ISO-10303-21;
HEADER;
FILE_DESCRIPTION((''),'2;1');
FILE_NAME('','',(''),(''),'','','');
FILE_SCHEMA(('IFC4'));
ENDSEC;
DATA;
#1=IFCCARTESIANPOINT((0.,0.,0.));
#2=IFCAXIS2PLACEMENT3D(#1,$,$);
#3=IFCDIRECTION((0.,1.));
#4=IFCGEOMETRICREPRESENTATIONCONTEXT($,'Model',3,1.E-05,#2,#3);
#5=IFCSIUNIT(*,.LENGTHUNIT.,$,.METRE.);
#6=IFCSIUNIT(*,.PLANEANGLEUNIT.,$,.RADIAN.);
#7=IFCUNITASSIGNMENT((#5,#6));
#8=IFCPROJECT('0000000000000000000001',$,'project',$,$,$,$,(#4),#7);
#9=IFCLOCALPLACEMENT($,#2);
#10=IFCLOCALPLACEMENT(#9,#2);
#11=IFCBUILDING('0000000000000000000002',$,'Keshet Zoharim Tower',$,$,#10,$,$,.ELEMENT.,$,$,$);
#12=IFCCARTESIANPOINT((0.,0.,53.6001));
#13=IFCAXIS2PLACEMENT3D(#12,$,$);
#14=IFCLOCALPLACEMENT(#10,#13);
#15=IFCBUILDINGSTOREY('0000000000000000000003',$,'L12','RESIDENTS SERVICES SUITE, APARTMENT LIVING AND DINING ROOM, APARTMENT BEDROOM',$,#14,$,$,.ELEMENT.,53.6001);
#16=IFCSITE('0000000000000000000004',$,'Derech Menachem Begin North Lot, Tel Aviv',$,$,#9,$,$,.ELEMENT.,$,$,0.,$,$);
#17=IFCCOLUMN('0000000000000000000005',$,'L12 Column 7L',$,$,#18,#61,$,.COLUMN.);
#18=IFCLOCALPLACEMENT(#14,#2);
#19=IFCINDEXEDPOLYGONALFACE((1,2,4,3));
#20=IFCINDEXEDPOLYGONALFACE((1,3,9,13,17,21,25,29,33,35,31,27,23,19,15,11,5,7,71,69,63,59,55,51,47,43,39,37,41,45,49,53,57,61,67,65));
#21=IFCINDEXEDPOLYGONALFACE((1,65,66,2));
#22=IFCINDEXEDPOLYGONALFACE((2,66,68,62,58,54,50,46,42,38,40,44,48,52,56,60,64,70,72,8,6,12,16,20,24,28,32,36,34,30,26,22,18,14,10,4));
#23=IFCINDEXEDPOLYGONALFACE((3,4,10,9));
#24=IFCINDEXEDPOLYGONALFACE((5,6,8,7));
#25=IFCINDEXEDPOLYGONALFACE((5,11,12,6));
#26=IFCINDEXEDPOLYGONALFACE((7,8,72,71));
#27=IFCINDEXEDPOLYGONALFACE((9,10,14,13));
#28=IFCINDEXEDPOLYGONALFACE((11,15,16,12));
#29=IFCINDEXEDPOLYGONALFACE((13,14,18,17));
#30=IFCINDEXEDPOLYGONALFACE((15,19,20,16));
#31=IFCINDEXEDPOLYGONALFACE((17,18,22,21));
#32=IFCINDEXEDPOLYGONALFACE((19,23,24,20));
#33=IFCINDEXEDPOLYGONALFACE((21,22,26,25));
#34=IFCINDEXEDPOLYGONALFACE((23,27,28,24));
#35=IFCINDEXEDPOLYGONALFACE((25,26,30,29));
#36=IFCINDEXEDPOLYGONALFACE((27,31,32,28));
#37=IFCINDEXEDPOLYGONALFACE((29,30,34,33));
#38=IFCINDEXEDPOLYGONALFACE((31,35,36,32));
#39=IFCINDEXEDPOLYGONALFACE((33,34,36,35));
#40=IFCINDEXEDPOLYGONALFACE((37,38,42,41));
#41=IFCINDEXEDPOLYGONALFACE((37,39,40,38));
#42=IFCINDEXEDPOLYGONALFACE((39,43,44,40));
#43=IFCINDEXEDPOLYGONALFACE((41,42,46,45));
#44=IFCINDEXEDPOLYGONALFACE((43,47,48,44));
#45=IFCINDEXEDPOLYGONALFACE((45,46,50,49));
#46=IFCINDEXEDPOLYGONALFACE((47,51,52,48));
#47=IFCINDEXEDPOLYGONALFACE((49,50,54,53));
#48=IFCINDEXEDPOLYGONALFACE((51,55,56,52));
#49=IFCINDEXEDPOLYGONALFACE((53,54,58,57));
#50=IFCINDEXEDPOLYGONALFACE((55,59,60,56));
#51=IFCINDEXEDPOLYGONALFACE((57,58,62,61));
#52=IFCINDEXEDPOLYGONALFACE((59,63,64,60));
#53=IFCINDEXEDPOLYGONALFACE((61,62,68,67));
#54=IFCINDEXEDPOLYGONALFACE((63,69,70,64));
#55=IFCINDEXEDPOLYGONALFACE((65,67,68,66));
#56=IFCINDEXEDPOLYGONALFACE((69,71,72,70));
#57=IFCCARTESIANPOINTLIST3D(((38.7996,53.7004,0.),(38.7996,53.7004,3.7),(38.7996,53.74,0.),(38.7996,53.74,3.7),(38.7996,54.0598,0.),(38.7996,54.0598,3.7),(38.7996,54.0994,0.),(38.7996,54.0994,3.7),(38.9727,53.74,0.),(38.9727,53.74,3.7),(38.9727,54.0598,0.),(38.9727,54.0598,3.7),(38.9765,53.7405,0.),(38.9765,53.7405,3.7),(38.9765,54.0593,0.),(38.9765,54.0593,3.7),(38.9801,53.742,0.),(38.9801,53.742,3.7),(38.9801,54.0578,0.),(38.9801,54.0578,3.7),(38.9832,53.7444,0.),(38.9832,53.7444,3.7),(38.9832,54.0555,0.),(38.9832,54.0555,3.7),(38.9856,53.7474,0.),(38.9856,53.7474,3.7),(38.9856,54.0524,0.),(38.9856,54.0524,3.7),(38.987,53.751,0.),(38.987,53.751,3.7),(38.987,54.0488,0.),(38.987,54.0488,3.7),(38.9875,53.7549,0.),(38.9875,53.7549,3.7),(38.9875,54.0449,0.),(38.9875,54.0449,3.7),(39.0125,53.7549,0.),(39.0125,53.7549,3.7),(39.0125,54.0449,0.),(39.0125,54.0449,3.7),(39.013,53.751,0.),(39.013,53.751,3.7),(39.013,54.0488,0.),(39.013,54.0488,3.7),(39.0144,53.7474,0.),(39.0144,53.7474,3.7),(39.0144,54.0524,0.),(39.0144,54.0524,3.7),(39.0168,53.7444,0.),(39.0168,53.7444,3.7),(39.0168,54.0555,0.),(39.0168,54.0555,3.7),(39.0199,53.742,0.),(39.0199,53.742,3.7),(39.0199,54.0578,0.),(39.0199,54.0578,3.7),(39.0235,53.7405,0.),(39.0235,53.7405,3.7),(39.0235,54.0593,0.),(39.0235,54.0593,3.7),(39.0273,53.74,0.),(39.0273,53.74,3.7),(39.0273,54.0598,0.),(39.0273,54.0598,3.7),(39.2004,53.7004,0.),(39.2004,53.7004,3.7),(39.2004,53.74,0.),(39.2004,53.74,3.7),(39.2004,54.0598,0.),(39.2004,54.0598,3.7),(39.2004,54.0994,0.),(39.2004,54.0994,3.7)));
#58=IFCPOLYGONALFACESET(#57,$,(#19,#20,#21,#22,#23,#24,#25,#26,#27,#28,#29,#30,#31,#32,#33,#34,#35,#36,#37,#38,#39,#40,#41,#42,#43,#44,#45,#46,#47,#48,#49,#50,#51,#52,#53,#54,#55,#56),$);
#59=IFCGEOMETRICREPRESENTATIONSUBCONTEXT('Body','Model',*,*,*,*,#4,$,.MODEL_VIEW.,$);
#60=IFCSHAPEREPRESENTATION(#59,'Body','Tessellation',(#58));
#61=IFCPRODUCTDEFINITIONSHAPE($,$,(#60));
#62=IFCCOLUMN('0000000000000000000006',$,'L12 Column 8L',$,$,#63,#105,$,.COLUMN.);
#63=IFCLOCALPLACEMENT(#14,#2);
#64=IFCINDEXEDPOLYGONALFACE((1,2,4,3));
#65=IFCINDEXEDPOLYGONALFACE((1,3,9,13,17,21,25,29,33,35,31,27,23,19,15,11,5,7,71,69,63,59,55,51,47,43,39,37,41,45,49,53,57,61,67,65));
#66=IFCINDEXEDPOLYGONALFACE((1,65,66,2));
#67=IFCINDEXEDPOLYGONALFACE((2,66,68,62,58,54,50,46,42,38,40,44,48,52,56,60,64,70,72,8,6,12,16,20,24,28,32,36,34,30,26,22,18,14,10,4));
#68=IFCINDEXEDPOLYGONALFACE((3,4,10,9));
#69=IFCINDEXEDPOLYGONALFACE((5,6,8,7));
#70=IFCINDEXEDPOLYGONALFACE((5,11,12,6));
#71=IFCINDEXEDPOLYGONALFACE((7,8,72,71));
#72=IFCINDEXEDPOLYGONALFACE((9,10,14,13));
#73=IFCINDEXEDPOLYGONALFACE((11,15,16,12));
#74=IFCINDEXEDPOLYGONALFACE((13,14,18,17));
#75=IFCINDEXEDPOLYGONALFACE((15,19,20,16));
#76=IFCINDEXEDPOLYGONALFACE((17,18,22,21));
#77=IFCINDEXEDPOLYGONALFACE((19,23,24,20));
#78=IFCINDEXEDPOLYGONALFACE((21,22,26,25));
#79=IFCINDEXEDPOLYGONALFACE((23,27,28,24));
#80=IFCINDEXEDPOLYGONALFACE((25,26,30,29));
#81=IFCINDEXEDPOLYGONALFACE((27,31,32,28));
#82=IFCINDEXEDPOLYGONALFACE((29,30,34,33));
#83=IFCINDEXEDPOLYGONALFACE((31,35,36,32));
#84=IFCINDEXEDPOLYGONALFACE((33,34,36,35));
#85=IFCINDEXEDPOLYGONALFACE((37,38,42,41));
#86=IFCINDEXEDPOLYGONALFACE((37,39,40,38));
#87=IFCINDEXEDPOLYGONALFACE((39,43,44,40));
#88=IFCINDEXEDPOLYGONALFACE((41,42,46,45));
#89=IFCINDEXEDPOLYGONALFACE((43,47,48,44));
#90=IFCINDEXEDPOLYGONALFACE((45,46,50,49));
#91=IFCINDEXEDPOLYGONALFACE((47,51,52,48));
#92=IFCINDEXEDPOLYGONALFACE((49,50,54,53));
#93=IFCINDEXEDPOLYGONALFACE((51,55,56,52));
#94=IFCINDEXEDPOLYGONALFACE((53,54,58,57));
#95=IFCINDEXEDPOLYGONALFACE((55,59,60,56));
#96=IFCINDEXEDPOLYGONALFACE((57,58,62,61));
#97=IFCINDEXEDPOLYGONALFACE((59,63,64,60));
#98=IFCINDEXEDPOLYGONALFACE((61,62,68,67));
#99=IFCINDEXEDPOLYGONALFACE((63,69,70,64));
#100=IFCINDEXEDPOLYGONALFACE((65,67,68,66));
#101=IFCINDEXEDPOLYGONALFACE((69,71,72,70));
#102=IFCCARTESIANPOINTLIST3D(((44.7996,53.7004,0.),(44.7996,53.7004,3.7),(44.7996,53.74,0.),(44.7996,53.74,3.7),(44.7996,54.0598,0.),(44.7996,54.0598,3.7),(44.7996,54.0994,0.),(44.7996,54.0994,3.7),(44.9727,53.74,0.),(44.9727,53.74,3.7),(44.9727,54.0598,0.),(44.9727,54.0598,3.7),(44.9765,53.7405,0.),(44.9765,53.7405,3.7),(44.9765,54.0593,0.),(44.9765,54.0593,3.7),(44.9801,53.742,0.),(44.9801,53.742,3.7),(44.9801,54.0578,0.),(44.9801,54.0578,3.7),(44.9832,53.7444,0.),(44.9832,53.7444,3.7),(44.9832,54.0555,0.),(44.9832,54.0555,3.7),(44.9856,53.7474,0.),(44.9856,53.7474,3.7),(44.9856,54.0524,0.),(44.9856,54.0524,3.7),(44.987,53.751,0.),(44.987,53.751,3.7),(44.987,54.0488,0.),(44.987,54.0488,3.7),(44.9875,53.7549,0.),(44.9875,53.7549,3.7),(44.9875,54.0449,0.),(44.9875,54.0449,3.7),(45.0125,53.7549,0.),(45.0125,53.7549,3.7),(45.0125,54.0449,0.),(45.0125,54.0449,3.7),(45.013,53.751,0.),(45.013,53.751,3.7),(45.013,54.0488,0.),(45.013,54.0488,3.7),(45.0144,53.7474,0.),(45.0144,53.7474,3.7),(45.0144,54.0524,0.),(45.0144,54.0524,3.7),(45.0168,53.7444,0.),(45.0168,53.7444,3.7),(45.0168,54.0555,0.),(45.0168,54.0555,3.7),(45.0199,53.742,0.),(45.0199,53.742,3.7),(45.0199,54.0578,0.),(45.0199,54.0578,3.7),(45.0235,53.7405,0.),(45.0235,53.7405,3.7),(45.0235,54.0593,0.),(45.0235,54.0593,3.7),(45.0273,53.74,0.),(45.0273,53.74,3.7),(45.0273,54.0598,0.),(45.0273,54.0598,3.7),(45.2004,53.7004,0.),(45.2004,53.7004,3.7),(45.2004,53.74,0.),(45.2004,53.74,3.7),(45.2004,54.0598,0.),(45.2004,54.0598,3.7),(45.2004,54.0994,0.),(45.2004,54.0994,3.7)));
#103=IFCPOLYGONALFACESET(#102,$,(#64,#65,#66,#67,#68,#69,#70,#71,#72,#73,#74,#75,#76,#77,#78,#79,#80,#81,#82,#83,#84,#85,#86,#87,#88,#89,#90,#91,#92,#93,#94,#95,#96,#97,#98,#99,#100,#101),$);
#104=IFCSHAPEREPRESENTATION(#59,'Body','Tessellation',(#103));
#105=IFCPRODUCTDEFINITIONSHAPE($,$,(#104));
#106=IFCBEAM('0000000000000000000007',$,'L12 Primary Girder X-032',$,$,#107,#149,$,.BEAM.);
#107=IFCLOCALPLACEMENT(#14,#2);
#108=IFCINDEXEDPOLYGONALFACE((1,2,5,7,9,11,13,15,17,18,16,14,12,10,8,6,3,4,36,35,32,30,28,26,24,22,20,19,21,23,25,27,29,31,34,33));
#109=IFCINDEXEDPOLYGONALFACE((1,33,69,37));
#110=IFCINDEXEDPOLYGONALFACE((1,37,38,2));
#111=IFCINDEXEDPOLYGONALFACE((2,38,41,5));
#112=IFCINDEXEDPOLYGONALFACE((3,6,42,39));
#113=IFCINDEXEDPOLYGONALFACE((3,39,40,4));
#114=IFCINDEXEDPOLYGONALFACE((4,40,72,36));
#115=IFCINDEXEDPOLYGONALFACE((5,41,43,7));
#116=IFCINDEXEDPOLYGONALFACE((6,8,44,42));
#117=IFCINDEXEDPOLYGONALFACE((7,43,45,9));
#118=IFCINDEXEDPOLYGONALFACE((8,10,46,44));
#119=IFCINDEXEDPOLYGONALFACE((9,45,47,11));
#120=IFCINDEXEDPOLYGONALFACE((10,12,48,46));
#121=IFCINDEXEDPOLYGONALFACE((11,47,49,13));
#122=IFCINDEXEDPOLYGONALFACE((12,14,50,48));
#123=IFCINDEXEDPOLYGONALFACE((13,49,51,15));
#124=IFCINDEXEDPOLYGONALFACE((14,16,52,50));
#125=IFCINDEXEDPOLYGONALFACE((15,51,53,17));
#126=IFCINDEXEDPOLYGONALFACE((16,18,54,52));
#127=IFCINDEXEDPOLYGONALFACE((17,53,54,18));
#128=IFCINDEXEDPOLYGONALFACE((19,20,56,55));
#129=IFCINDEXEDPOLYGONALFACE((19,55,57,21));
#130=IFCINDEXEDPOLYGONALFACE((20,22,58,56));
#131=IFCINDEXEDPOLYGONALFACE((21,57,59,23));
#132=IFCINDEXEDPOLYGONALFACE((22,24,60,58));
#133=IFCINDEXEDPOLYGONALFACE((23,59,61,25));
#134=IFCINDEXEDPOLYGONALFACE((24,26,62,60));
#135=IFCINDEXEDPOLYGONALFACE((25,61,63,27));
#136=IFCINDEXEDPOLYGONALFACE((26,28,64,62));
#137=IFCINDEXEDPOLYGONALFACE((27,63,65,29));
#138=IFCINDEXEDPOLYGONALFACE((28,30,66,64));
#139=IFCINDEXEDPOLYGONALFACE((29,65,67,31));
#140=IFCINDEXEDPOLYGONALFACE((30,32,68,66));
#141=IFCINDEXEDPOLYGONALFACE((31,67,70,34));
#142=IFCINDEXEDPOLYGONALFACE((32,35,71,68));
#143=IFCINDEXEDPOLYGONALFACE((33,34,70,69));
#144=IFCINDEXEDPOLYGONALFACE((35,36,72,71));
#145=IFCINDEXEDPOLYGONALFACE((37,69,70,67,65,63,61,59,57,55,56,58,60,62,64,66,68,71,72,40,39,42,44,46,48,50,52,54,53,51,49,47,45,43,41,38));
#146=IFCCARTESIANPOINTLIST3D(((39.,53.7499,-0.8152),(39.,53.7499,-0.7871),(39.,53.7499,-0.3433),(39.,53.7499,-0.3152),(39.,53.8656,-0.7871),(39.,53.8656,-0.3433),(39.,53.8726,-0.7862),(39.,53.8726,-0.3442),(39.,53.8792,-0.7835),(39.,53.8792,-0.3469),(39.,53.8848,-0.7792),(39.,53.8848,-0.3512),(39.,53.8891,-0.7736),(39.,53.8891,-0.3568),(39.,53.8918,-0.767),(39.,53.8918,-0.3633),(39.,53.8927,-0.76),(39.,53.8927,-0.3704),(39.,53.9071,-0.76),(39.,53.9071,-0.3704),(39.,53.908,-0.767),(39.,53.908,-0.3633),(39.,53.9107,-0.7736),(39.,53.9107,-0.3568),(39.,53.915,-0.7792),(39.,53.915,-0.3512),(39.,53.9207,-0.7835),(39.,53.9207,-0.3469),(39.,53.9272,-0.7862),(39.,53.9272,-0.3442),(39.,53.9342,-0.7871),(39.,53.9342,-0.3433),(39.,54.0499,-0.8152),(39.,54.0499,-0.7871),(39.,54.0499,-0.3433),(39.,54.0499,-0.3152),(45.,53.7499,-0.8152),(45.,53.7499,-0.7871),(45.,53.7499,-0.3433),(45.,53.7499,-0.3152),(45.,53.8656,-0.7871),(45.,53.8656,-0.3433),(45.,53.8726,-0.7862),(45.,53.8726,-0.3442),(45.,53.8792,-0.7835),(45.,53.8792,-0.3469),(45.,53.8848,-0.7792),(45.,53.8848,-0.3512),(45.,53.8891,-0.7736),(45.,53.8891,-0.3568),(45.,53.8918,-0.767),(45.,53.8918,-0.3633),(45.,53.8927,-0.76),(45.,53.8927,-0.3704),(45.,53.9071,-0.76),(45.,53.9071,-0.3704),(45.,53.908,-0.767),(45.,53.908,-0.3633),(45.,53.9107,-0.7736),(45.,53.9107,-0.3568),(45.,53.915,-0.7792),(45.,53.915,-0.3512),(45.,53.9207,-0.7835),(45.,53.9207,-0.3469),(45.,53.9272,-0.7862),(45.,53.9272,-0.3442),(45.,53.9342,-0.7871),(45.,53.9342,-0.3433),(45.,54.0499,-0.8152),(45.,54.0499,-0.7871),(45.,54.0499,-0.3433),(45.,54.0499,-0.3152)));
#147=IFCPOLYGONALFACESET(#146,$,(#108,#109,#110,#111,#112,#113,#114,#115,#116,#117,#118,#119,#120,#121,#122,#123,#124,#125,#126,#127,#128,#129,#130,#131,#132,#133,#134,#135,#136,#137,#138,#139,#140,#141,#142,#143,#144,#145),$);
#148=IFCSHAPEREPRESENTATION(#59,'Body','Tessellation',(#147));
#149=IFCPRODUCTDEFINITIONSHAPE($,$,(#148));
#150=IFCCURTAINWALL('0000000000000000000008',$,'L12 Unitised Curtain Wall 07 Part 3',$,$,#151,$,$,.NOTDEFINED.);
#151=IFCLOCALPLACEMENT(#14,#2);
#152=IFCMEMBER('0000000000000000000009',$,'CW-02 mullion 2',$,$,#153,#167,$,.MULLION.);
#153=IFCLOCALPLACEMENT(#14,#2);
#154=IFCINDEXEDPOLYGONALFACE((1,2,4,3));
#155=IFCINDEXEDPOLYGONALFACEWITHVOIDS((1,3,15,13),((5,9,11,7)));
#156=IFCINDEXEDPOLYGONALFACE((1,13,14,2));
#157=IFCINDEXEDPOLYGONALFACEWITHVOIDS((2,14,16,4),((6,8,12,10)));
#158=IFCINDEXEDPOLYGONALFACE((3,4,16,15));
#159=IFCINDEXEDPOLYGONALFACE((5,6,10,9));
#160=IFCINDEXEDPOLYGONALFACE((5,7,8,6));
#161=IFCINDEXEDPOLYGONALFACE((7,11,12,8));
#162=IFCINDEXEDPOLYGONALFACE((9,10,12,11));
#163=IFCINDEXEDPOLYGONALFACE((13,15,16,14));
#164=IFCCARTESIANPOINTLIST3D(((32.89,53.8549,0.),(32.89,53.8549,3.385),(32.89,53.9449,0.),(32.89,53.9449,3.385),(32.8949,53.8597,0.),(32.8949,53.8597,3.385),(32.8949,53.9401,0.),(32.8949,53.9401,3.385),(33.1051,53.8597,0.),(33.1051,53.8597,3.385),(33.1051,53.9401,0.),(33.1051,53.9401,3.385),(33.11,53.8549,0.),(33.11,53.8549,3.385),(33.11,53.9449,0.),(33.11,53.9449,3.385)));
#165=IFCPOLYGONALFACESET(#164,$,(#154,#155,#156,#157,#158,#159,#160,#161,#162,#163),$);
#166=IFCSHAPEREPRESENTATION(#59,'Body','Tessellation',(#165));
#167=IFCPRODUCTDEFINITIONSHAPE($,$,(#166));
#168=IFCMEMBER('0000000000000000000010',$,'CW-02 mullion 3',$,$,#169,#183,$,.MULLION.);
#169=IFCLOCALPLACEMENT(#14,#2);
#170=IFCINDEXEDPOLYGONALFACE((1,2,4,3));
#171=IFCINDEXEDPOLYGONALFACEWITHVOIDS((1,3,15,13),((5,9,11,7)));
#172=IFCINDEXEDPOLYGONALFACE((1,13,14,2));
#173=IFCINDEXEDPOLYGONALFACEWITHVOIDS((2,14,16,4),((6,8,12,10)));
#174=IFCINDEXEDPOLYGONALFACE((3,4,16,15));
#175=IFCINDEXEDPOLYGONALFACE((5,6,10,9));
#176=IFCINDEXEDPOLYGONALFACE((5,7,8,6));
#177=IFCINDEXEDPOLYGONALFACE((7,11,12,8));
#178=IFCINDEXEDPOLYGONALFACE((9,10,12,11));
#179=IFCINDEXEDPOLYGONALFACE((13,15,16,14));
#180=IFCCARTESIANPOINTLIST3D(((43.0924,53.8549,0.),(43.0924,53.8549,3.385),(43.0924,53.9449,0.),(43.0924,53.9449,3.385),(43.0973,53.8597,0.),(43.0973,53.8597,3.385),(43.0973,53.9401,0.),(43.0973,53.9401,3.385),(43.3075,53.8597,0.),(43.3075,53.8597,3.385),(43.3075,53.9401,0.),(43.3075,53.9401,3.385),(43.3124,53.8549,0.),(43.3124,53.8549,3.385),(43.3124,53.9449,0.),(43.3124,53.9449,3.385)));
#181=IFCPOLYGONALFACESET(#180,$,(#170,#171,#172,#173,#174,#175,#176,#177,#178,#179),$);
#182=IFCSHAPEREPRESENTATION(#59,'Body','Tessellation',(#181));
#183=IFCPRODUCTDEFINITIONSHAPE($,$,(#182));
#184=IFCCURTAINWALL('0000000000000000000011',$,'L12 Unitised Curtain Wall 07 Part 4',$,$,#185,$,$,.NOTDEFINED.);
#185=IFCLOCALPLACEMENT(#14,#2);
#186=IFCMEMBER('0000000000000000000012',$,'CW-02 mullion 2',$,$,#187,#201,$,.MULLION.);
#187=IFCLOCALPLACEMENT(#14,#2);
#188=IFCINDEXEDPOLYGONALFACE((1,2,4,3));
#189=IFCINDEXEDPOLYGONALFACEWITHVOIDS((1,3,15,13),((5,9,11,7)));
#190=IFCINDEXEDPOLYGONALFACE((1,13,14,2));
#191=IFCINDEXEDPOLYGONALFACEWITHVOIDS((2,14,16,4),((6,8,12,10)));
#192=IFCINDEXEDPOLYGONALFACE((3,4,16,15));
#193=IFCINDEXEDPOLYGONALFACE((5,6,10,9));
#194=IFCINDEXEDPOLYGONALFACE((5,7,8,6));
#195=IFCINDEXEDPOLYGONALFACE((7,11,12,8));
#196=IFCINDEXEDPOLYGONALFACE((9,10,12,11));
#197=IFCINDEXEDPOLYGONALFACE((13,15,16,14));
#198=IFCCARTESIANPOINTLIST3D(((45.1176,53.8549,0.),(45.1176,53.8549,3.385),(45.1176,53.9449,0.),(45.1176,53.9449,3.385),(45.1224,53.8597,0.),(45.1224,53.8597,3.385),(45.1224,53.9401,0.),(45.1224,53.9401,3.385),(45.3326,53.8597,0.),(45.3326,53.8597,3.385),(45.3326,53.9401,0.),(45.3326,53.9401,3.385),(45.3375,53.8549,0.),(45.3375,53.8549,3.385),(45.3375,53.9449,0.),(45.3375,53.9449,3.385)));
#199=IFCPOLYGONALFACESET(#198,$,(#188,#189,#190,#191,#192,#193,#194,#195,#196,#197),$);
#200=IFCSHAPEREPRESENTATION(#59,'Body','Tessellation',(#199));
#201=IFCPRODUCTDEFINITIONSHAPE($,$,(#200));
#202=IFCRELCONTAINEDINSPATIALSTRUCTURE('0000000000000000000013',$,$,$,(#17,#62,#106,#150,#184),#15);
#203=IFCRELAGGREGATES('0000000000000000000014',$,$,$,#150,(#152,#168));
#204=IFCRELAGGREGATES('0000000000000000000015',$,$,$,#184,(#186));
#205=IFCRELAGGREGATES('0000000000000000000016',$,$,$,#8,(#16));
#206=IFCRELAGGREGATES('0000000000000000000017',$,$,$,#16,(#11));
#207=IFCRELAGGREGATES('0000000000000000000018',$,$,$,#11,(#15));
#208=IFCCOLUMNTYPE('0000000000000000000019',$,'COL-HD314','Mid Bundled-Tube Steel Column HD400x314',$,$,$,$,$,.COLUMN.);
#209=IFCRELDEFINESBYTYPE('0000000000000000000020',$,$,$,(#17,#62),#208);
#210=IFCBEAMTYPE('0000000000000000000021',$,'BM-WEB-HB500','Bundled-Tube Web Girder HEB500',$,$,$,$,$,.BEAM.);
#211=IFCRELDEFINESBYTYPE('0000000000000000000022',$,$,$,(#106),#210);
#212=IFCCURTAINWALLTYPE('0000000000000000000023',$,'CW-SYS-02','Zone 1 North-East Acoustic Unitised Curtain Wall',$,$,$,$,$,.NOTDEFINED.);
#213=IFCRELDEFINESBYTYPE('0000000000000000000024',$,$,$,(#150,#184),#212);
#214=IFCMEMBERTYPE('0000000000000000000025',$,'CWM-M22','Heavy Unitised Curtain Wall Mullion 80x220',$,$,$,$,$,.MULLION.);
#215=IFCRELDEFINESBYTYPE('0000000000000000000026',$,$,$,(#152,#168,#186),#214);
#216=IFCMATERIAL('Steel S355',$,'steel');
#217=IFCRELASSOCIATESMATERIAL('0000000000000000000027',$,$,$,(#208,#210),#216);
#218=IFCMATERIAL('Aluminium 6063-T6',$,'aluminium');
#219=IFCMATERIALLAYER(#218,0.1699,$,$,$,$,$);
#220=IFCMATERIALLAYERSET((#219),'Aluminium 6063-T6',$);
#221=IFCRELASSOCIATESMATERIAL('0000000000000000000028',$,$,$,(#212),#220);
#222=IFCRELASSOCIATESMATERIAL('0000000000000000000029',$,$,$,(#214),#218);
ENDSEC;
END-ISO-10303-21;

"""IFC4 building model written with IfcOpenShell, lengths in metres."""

from ifc_helpers import new_model, si_unit, direction, frame, origin, origin_2d, place, context, subcontext, project, spatial, hollow_rectangle, i_section, extrude, material, layer, layer_set, material_profile, profile_set, type_object, element, aggregate, save


model = new_model("IFC4")

# Units and contexts
model_context = context("Model", 3, precision=1e-05, world=origin(), true_north=direction((0.0, 1.0)))
body_context = subcontext(model_context, "Body", "Model", "MODEL_VIEW")
ifc_project = project(units=[si_unit("LENGTHUNIT", "METRE"), si_unit("PLANEANGLEUNIT", "RADIAN")], contexts=[model_context])

# Site, building, storey
site_placement = place(None, origin())
site = spatial("IfcSite", under=ifc_project, at=site_placement, Name="Derech Menachem Begin North Lot, Tel Aviv", CompositionType="ELEMENT", RefElevation=0.0)
building_placement = place(site_placement, origin())
building = spatial("IfcBuilding", under=site, at=building_placement, Name="Keshet Zoharim Tower", CompositionType="ELEMENT")
storey_placement = place(building_placement, frame((0.0, 0.0, 53.6001)))
storey = spatial("IfcBuildingStorey", under=building, at=storey_placement, Name="L12", Description="RESIDENTS SERVICES SUITE, APARTMENT LIVING AND DINING ROOM, APARTMENT BEDROOM", CompositionType="ELEMENT", Elevation=53.6001)

# Columns
ifc_material_1 = material(Name="Steel S355", Category="steel")
ifc_material_profile_1 = material_profile(ifc_material_1, i_section(OverallWidth=0.4009, OverallDepth=0.3989, WebThickness=0.0249, FlangeThickness=0.0396, FilletRadius=0.0149, at=origin_2d()), Name="HD400x314")
ifc_profile_set_1 = profile_set([ifc_material_profile_1], Name="Steel S355")
column_type = type_object("IfcColumnType", Name="COL-HD314", Description="Mid Bundled-Tube Steel Column HD400x314", PredefinedType="COLUMN", material=ifc_profile_set_1)
for number, where, z_axis, x_axis, name in (
    (1, (39.0, 53.8999, 0.0), (0.0, 0.0, 1.0), (1.0, 0.0, 0.0), "L12 Column 7L"),
    (2, (45.0, 53.8999, 0.0), (0.0, 0.0, 1.0), (1.0, 0.0, 0.0), "L12 Column 8L"),
):
    element("IfcColumn", number, at=place(storey_placement, frame(where, z_axis=z_axis, x_axis=x_axis)), inside=storey, type_object=column_type, Name=name, PredefinedType="COLUMN", context=body_context, shape_type="SweptSolid", body=[
        extrude(i_section(OverallWidth=0.4009, OverallDepth=0.3989, WebThickness=0.0249, FlangeThickness=0.0396, FilletRadius=0.0149, at=origin_2d()), origin(), (0.0, 0.0, 1.0), 3.7),
    ])

# Beam
ifc_material_profile_2 = material_profile(ifc_material_1, i_section(OverallWidth=0.3, OverallDepth=0.5, WebThickness=0.0144, FlangeThickness=0.0281, FilletRadius=0.0271, at=origin_2d()), Name="HEB500")
ifc_profile_set_2 = profile_set([ifc_material_profile_2], Name="Steel S355")
beam_type = type_object("IfcBeamType", Name="BM-WEB-HB500", Description="Bundled-Tube Web Girder HEB500", PredefinedType="BEAM", material=ifc_profile_set_2)
beam_placement = place(storey_placement, frame((39.0, 53.8999, -0.5652), z_axis=(1.0, 0.0, 0.0), x_axis=(0.0, 1.0, 0.0)))
element("IfcBeam", 3, at=beam_placement, inside=storey, type_object=beam_type, Name="L12 Primary Girder X-032", PredefinedType="BEAM", context=body_context, shape_type="SweptSolid", body=[
    extrude(i_section(OverallWidth=0.3, OverallDepth=0.5, WebThickness=0.0144, FlangeThickness=0.0281, FilletRadius=0.0271, at=origin_2d()), origin(), (0.0, 0.0, 1.0), 6.0),
])

# Curtain wall, members
ifc_material_2 = material(Name="Aluminium 6063-T6", Category="aluminium")
ifc_layer_1 = layer(ifc_material_2, 0.1699)
ifc_layer_set_1 = layer_set([ifc_layer_1], Name="Aluminium 6063-T6")
curtain_wall_type = type_object("IfcCurtainWallType", Name="CW-SYS-02", Description="Zone 1 North-East Acoustic Unitised Curtain Wall", PredefinedType="NOTDEFINED", material=ifc_layer_set_1)
curtain_wall_1_placement = place(storey_placement, origin())
curtain_wall_1 = element("IfcCurtainWall", 4, at=curtain_wall_1_placement, inside=storey, type_object=curtain_wall_type, Name="L12 Unitised Curtain Wall 07 Part 3", PredefinedType="NOTDEFINED")
ifc_material_profile_3 = material_profile(ifc_material_2, hollow_rectangle(XDim=0.0901, YDim=0.22, WallThickness=0.0049, at=origin_2d()), Name="MUL-90x220")
ifc_profile_set_3 = profile_set([ifc_material_profile_3], Name="Aluminium 6063-T6")
member_type_1 = type_object("IfcMemberType", Name="CWM-M22", Description="Heavy Unitised Curtain Wall Mullion 80x220", PredefinedType="MULLION", material=ifc_profile_set_3)
member_1_placement = place(storey_placement, frame((33.0, 53.8999, 0.0), z_axis=(0.0, 0.0, 1.0), x_axis=(0.0, 1.0, 0.0)))
member_1 = element("IfcMember", 5, at=member_1_placement, type_object=member_type_1, Name="CW-02 mullion 2", PredefinedType="MULLION", context=body_context, shape_type="SweptSolid", body=[
    extrude(hollow_rectangle(XDim=0.0901, YDim=0.22, WallThickness=0.0049, at=origin_2d()), origin(), (0.0, 0.0, 1.0), 3.385),
])
member_2_placement = place(storey_placement, frame((43.2024, 53.8999, 0.0), z_axis=(0.0, 0.0, 1.0), x_axis=(0.0, 1.0, 0.0)))
member_2 = element("IfcMember", 6, at=member_2_placement, type_object=member_type_1, Name="CW-02 mullion 3", PredefinedType="MULLION", context=body_context, shape_type="SweptSolid", body=[
    extrude(hollow_rectangle(XDim=0.0901, YDim=0.22, WallThickness=0.0049, at=origin_2d()), origin(), (0.0, 0.0, 1.0), 3.385),
])

# Curtain wall, member
curtain_wall_2_placement = place(storey_placement, origin())
curtain_wall_2 = element("IfcCurtainWall", 7, at=curtain_wall_2_placement, inside=storey, type_object=curtain_wall_type, Name="L12 Unitised Curtain Wall 07 Part 4", PredefinedType="NOTDEFINED")
member_3_placement = place(storey_placement, frame((45.2275, 53.8999, 0.0), z_axis=(0.0, 0.0, 1.0), x_axis=(0.0, 1.0, 0.0)))
member_3 = element("IfcMember", 8, at=member_3_placement, type_object=member_type_1, Name="CW-02 mullion 2", PredefinedType="MULLION", context=body_context, shape_type="SweptSolid", body=[
    extrude(hollow_rectangle(XDim=0.0901, YDim=0.22, WallThickness=0.0049, at=origin_2d()), origin(), (0.0, 0.0, 1.0), 3.385),
])

aggregate(curtain_wall_1, [member_1, member_2])
aggregate(curtain_wall_2, [member_3])

save(model, "model.ifc")
